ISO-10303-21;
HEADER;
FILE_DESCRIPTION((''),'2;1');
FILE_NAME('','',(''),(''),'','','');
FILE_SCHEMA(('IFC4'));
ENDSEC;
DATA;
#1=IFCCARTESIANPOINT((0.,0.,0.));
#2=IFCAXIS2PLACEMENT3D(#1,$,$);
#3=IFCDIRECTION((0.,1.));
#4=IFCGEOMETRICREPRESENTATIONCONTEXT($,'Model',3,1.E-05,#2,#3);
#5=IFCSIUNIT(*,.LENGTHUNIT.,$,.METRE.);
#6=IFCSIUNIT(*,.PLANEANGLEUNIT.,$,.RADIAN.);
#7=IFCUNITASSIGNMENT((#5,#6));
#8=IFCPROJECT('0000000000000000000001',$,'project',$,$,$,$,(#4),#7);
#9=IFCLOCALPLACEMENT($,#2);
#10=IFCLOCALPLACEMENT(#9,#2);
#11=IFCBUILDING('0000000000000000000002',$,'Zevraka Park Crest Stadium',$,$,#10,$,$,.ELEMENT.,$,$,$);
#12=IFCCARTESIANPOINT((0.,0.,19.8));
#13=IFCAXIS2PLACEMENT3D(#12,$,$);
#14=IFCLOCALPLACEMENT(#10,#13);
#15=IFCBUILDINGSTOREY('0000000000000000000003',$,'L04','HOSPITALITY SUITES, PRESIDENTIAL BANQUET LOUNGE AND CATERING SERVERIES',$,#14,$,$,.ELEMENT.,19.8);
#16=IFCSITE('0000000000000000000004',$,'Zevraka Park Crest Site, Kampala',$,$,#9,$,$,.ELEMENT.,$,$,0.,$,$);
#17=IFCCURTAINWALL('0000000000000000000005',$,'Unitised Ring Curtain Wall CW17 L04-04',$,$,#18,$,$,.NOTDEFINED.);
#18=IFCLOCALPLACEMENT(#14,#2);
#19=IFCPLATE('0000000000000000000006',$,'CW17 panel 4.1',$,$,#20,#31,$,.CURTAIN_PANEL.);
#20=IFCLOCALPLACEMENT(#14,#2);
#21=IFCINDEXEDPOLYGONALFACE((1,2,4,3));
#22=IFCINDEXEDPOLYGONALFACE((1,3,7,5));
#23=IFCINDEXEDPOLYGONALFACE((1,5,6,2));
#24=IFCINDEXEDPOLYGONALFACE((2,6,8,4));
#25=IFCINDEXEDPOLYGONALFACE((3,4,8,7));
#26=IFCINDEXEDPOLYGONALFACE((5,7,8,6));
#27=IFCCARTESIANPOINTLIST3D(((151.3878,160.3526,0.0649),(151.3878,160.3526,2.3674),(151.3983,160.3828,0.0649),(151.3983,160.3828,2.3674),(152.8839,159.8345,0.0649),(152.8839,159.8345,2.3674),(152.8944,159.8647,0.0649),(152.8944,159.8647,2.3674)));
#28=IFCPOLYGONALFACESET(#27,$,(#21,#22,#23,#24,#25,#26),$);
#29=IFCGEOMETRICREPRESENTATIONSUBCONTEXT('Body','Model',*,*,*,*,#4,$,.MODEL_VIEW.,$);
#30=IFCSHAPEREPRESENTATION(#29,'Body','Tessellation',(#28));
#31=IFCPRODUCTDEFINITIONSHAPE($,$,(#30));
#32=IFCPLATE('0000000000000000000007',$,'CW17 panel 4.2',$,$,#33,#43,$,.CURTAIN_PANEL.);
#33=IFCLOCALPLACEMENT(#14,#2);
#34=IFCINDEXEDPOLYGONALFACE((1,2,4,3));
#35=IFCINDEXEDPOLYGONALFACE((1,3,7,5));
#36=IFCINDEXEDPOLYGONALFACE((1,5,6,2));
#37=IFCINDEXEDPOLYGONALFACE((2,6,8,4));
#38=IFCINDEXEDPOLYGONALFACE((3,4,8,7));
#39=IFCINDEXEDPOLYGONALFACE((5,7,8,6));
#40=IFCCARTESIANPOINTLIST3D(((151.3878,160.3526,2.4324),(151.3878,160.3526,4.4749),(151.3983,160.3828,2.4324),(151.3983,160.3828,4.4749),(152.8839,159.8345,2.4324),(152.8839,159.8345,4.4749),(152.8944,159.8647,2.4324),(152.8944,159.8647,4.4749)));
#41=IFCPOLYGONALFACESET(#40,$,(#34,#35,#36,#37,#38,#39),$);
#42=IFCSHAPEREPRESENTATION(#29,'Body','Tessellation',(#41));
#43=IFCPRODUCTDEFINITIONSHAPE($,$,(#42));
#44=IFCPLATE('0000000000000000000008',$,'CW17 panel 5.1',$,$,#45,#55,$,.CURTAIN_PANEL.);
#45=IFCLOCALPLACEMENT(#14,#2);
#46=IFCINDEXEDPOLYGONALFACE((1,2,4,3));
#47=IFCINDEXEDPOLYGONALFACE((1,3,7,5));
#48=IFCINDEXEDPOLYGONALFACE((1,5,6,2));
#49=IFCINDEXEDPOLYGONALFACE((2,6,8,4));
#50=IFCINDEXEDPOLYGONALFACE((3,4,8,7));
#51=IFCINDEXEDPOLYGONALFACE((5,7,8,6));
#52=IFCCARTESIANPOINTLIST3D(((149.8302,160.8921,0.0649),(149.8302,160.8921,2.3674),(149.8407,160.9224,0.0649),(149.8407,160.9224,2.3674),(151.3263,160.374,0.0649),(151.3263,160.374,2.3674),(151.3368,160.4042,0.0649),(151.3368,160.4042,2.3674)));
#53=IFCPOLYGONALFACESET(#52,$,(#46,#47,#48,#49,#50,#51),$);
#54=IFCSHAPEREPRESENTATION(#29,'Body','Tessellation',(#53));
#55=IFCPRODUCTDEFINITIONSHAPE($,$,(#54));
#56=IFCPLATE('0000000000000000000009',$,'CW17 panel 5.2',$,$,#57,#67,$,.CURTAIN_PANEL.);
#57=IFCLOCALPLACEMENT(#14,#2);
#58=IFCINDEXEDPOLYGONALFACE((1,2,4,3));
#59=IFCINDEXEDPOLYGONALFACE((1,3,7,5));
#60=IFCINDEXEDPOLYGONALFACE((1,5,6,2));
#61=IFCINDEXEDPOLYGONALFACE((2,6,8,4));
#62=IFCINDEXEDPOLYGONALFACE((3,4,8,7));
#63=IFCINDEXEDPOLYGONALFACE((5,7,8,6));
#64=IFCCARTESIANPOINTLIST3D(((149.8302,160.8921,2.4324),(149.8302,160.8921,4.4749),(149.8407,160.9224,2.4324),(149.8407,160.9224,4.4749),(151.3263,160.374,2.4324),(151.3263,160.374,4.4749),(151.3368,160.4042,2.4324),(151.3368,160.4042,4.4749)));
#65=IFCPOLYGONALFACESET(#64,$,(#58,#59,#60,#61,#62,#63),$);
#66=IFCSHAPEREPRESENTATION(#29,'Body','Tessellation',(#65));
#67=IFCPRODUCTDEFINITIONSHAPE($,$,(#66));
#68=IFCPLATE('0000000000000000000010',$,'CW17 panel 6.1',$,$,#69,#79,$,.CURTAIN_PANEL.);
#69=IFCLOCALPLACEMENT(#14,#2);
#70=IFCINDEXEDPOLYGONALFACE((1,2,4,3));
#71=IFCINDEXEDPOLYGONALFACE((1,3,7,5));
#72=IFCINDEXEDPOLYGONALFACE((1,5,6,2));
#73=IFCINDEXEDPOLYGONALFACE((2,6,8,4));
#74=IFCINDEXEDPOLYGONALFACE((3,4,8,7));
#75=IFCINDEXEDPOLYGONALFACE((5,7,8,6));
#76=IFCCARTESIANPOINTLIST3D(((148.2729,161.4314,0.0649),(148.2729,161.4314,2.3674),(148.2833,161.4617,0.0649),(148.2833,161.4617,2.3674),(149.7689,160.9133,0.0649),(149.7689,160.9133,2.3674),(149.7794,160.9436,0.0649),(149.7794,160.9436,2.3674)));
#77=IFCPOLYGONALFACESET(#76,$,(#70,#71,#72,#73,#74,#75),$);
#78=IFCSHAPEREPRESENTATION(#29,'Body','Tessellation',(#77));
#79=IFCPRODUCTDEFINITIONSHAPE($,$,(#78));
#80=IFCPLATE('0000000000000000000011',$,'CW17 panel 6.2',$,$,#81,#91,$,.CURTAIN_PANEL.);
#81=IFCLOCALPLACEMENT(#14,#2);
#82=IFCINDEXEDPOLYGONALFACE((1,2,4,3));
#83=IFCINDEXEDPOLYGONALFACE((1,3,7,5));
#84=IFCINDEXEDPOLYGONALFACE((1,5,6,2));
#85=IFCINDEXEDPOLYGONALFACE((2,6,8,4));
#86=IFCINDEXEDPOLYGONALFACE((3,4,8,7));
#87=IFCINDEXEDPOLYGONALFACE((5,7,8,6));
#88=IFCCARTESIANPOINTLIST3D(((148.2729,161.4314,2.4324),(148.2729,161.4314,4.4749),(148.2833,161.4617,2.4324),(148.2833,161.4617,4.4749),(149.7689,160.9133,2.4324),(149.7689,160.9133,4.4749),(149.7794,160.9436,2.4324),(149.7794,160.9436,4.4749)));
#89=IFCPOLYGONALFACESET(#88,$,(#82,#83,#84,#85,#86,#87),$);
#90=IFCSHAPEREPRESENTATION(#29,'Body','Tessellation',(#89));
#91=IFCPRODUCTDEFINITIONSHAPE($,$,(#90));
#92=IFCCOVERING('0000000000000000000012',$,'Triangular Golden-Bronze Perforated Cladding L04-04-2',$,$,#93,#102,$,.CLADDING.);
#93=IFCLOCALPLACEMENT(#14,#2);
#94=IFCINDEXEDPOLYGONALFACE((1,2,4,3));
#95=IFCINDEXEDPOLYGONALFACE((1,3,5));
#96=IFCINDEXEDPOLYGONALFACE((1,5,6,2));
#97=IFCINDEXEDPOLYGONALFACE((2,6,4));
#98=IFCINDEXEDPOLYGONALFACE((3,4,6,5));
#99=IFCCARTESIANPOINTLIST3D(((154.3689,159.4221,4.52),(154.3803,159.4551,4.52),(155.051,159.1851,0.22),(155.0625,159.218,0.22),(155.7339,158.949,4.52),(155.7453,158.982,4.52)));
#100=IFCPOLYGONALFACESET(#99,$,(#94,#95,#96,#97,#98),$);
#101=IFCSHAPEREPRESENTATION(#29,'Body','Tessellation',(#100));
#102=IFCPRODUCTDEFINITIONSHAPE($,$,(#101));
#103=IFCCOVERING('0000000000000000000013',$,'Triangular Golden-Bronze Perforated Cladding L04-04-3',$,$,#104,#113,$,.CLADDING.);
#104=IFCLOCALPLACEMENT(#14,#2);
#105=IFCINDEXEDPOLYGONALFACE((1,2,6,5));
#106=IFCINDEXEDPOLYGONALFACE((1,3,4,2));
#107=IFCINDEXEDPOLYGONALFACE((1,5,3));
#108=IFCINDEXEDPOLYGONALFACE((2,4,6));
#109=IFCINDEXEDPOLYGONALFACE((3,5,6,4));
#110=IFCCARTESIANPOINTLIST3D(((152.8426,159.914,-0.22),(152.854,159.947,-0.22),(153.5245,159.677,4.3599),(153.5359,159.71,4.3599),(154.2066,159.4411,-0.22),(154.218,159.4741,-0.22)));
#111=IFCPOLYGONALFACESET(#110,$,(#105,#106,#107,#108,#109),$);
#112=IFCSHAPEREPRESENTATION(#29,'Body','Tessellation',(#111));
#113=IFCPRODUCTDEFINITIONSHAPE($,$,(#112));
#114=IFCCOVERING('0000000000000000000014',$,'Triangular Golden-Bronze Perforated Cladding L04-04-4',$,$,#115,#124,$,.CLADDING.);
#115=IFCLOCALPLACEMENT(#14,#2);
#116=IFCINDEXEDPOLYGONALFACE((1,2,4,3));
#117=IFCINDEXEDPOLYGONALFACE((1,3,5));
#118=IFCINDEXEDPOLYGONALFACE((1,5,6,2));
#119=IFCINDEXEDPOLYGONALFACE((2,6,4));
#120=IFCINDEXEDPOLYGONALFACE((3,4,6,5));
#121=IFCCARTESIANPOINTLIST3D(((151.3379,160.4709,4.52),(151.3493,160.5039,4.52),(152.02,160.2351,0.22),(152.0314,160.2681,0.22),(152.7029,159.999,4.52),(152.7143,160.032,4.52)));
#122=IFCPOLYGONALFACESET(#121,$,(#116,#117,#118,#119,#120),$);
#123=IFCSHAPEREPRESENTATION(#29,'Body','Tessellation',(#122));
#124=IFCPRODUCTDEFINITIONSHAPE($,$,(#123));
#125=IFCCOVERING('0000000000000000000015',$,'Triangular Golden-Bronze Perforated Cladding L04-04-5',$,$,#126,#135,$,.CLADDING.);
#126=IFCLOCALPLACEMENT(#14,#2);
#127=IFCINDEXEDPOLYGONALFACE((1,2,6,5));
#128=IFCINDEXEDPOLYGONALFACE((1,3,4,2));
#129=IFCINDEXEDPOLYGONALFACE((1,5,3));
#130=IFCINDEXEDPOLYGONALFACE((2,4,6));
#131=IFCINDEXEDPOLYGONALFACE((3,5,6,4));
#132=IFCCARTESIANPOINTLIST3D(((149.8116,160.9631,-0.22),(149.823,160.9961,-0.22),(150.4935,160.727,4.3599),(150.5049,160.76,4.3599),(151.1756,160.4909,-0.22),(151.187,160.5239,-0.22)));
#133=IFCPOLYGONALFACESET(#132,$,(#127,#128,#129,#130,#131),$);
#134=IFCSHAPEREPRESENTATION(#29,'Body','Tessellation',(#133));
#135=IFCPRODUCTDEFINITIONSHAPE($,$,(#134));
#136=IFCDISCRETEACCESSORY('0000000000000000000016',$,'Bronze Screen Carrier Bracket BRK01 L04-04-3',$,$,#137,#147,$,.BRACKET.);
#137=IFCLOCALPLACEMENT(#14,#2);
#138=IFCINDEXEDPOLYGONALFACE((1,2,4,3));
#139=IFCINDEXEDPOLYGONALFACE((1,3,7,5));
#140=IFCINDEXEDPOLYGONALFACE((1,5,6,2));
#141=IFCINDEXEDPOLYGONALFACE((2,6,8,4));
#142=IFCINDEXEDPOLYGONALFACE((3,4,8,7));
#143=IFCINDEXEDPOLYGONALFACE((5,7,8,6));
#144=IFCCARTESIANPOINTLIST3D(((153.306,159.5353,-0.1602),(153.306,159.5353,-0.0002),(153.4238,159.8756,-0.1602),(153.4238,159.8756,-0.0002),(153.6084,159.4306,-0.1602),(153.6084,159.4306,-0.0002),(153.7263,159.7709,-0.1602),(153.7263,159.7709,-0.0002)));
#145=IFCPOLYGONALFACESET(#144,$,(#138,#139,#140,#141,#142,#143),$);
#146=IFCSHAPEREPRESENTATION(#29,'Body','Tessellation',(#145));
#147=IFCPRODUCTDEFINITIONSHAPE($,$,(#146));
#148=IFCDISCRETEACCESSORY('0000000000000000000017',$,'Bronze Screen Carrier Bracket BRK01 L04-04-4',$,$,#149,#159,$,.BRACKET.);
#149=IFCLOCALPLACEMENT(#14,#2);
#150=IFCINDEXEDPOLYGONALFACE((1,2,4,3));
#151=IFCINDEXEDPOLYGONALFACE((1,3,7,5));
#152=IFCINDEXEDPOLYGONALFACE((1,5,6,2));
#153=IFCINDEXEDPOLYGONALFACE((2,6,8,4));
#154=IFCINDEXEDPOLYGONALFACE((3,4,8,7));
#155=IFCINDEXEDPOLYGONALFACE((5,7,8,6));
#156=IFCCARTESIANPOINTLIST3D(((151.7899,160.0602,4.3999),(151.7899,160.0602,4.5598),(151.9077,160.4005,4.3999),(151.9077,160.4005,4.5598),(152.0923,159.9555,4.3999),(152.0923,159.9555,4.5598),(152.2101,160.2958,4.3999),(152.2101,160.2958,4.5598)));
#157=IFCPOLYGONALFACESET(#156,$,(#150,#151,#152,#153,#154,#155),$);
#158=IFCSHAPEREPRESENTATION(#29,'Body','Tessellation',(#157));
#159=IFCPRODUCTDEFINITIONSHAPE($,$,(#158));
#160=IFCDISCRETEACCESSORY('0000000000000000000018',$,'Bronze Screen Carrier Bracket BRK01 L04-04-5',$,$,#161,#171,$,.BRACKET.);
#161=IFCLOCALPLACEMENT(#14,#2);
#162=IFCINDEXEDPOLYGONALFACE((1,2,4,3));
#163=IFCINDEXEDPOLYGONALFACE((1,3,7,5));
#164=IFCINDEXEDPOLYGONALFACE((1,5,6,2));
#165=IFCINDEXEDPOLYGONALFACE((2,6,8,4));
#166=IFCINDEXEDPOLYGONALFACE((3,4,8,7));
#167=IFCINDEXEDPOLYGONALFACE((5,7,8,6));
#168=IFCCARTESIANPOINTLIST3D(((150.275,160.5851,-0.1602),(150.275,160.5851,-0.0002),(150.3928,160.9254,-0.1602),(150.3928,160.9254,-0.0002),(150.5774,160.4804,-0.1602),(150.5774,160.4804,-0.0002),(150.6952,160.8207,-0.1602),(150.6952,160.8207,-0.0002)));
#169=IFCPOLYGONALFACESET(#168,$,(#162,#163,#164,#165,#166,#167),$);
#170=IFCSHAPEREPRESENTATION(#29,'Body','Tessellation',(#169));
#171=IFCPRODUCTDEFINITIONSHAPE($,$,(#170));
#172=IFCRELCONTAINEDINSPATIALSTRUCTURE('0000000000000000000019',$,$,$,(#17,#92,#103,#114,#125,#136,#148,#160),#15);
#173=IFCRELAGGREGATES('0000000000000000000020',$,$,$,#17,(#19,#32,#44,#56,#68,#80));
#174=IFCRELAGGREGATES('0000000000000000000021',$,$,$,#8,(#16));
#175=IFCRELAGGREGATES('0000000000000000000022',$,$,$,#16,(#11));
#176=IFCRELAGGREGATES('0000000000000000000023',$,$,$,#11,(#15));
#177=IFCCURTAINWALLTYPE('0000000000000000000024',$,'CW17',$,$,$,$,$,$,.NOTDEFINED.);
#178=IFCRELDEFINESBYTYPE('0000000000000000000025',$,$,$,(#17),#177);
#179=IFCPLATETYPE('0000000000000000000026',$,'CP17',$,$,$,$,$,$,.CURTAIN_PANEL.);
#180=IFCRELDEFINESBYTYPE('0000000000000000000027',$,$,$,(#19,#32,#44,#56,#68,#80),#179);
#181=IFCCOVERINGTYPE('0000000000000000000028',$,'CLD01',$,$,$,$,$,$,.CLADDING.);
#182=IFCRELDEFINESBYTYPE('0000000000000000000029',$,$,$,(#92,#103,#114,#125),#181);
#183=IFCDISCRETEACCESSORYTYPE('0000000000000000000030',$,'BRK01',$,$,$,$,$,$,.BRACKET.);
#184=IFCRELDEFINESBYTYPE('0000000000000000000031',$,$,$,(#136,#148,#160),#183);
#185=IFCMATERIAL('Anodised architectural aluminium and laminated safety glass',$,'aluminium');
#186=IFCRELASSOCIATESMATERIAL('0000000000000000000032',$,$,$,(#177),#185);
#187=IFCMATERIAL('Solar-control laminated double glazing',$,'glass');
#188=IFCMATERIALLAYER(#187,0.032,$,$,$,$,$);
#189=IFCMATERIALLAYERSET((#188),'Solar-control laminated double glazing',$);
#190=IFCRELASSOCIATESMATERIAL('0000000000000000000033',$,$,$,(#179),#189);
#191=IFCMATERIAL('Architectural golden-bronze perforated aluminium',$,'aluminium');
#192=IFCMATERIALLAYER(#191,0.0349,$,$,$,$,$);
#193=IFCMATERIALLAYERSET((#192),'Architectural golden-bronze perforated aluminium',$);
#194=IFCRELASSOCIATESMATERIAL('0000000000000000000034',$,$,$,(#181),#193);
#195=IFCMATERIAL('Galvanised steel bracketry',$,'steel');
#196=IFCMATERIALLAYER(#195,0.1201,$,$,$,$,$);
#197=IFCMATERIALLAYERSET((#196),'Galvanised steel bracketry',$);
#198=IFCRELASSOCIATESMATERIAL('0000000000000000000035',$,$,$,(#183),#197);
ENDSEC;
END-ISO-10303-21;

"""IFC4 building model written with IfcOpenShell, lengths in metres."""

from ifc_helpers import new_model, si_unit, direction, frame, origin, origin_2d, place, context, subcontext, project, spatial, polyline, rectangle, outline, extrude, material, layer, layer_set, type_object, element, aggregate, save


model = new_model("IFC4")

# Units and contexts
model_context = context("Model", 3, precision=1e-05, world=origin(), true_north=direction((0.0, 1.0)))
body_context = subcontext(model_context, "Body", "Model", "MODEL_VIEW")
ifc_project = project(units=[si_unit("LENGTHUNIT", "METRE"), si_unit("PLANEANGLEUNIT", "RADIAN")], contexts=[model_context])

# Site, building, storey
site_placement = place(None, origin())
site = spatial("IfcSite", under=ifc_project, at=site_placement, Name="Zevraka Park Crest Site, Kampala", CompositionType="ELEMENT", RefElevation=0.0)
building_placement = place(site_placement, origin())
building = spatial("IfcBuilding", under=site, at=building_placement, Name="Zevraka Park Crest Stadium", CompositionType="ELEMENT")
storey_placement = place(building_placement, frame((0.0, 0.0, 19.8)))
storey = spatial("IfcBuildingStorey", under=building, at=storey_placement, Name="L04", Description="HOSPITALITY SUITES, PRESIDENTIAL BANQUET LOUNGE AND CATERING SERVERIES", CompositionType="ELEMENT", Elevation=19.8)

# Curtain wall, plates
ifc_material_1 = material(Name="Anodised architectural aluminium and laminated safety glass", Category="aluminium")
curtain_wall_type = type_object("IfcCurtainWallType", Name="CW17", PredefinedType="NOTDEFINED", material=ifc_material_1)
curtain_wall_placement = place(storey_placement, origin())
curtain_wall = element("IfcCurtainWall", 1, at=curtain_wall_placement, inside=storey, type_object=curtain_wall_type, Name="Unitised Ring Curtain Wall CW17 L04-04", PredefinedType="NOTDEFINED")
ifc_material_2 = material(Name="Solar-control laminated double glazing", Category="glass")
ifc_layer_1 = layer(ifc_material_2, 0.032)
ifc_layer_set_1 = layer_set([ifc_layer_1], Name="Solar-control laminated double glazing")
plate_type = type_object("IfcPlateType", Name="CP17", PredefinedType="CURTAIN_PANEL", material=ifc_layer_set_1)
plate_1_placement = place(storey_placement, frame((152.1411, 160.1086, 0.0649), z_axis=(0.0, 0.0, 1.0), x_axis=(-0.94494, 0.327245, 0.0)))
plate_1 = element("IfcPlate", 2, at=plate_1_placement, type_object=plate_type, Name="CW17 panel 4.1", PredefinedType="CURTAIN_PANEL", context=body_context, shape_type="SweptSolid", body=[
    extrude(rectangle(XDim=1.5833, YDim=0.032, at=origin_2d()), origin(), (0.0, 0.0, 1.0), 2.3025),
])
plate_2_placement = place(storey_placement, frame((152.1411, 160.1086, 2.4324), z_axis=(0.0, 0.0, 1.0), x_axis=(-0.94494, 0.327245, 0.0)))
plate_2 = element("IfcPlate", 3, at=plate_2_placement, type_object=plate_type, Name="CW17 panel 4.2", PredefinedType="CURTAIN_PANEL", context=body_context, shape_type="SweptSolid", body=[
    extrude(rectangle(XDim=1.5833, YDim=0.032, at=origin_2d()), origin(), (0.0, 0.0, 1.0), 2.0425),
])
plate_3_placement = place(storey_placement, frame((150.5835, 160.6482, 0.0649), z_axis=(0.0, 0.0, 1.0), x_axis=(-0.94494, 0.327245, 0.0)))
plate_3 = element("IfcPlate", 4, at=plate_3_placement, type_object=plate_type, Name="CW17 panel 5.1", PredefinedType="CURTAIN_PANEL", context=body_context, shape_type="SweptSolid", body=[
    extrude(rectangle(XDim=1.5833, YDim=0.032, at=origin_2d()), origin(), (0.0, 0.0, 1.0), 2.3025),
])
plate_4_placement = place(storey_placement, frame((150.5835, 160.6482, 2.4324), z_axis=(0.0, 0.0, 1.0), x_axis=(-0.94494, 0.327245, 0.0)))
plate_4 = element("IfcPlate", 5, at=plate_4_placement, type_object=plate_type, Name="CW17 panel 5.2", PredefinedType="CURTAIN_PANEL", context=body_context, shape_type="SweptSolid", body=[
    extrude(rectangle(XDim=1.5833, YDim=0.032, at=origin_2d()), origin(), (0.0, 0.0, 1.0), 2.0425),
])
plate_5_placement = place(storey_placement, frame((149.0261, 161.1875, 0.0649), z_axis=(0.0, 0.0, 1.0), x_axis=(-0.94494, 0.327245, 0.0)))
plate_5 = element("IfcPlate", 6, at=plate_5_placement, type_object=plate_type, Name="CW17 panel 6.1", PredefinedType="CURTAIN_PANEL", context=body_context, shape_type="SweptSolid", body=[
    extrude(rectangle(XDim=1.5833, YDim=0.032, at=origin_2d()), origin(), (0.0, 0.0, 1.0), 2.3025),
])
plate_6_placement = place(storey_placement, frame((149.0261, 161.1875, 2.4324), z_axis=(0.0, 0.0, 1.0), x_axis=(-0.94494, 0.327245, 0.0)))
plate_6 = element("IfcPlate", 7, at=plate_6_placement, type_object=plate_type, Name="CW17 panel 6.2", PredefinedType="CURTAIN_PANEL", context=body_context, shape_type="SweptSolid", body=[
    extrude(rectangle(XDim=1.5833, YDim=0.032, at=origin_2d()), origin(), (0.0, 0.0, 1.0), 2.0425),
])
aggregate(curtain_wall, [plate_1, plate_2, plate_3, plate_4, plate_5, plate_6])

# Coverings
ifc_material_3 = material(Name="Architectural golden-bronze perforated aluminium", Category="aluminium")
ifc_layer_2 = layer(ifc_material_3, 0.0349)
ifc_layer_set_2 = layer_set([ifc_layer_2], Name="Architectural golden-bronze perforated aluminium")
covering_type = type_object("IfcCoveringType", Name="CLD01", PredefinedType="CLADDING", material=ifc_layer_set_2)
covering_1_placement = place(storey_placement, frame((154.3689, 159.4221, 4.52), z_axis=(-0.327511, -0.944847, 0.000135), x_axis=(0.944847, -0.327511, 0.0)))
element("IfcCovering", 8, at=covering_1_placement, inside=storey, type_object=covering_type, Name="Triangular Golden-Bronze Perforated Cladding L04-04-2", PredefinedType="CLADDING", context=body_context, shape_type="SweptSolid", body=[
    extrude(outline(polyline([(0.0, 0.0), (1.4447, 0.0), (0.7221, -4.3), (0.0, 0.0)])), origin(), (0.0, 0.0, -1.0), 0.0349),
])
covering_2_placement = place(storey_placement, frame((154.218, 159.4741, -0.22), z_axis=(0.327569, 0.944827, 0.000135), x_axis=(-0.944827, 0.327569, 0.0)))
element("IfcCovering", 9, at=covering_2_placement, inside=storey, type_object=covering_type, Name="Triangular Golden-Bronze Perforated Cladding L04-04-3", PredefinedType="CLADDING", context=body_context, shape_type="SweptSolid", body=[
    extrude(outline(polyline([(0.0, 0.0), (1.4437, 0.0), (0.7217, 4.5798), (0.0, 0.0)])), origin(), (0.0, 0.0, -1.0), 0.0349),
])
covering_3_placement = place(storey_placement, frame((151.3379, 160.4709, 4.52), z_axis=(-0.326756, -0.945109, 0.000001), x_axis=(0.945109, -0.326756, 0.0)))
element("IfcCovering", 10, at=covering_3_placement, inside=storey, type_object=covering_type, Name="Triangular Golden-Bronze Perforated Cladding L04-04-4", PredefinedType="CLADDING", context=body_context, shape_type="SweptSolid", body=[
    extrude(outline(polyline([(0.0, 0.0), (1.4443, 0.0), (0.7217, -4.3), (0.0, 0.0)])), origin(), (0.0, 0.0, -1.0), 0.0349),
])
covering_4_placement = place(storey_placement, frame((151.187, 160.5239, -0.22), z_axis=(0.327116, 0.944984, 0.000009), x_axis=(-0.944984, 0.327116, 0.0)))
element("IfcCovering", 11, at=covering_4_placement, inside=storey, type_object=covering_type, Name="Triangular Golden-Bronze Perforated Cladding L04-04-5", PredefinedType="CLADDING", context=body_context, shape_type="SweptSolid", body=[
    extrude(outline(polyline([(0.0, 0.0), (1.4434, 0.0), (0.7218, 4.5798), (0.0, 0.0)])), origin(), (0.0, 0.0, -1.0), 0.0349),
])

# Discrete accessories
ifc_material_4 = material(Name="Galvanised steel bracketry", Category="steel")
ifc_layer_3 = layer(ifc_material_4, 0.1201)
ifc_layer_set_3 = layer_set([ifc_layer_3], Name="Galvanised steel bracketry")
discrete_accessory_type = type_object("IfcDiscreteAccessoryType", Name="BRK01", PredefinedType="BRACKET", material=ifc_layer_set_3)
for number, where, z_axis, x_axis, name in (
    (12, (153.5161, 159.6531, -0.1602), (0.0, 0.0, 1.0), (-0.944949, 0.327218, 0.0), "Bronze Screen Carrier Bracket BRK01 L04-04-3"),
    (13, (152.0, 160.178, 4.3999), (0.0, 0.0, 1.0), (-0.944949, 0.327218, 0.0), "Bronze Screen Carrier Bracket BRK01 L04-04-4"),
    (14, (150.4851, 160.7029, -0.1602), (0.0, 0.0, 1.0), (-0.944949, 0.327218, 0.0), "Bronze Screen Carrier Bracket BRK01 L04-04-5"),
):
    element("IfcDiscreteAccessory", number, at=place(storey_placement, frame(where, z_axis=z_axis, x_axis=x_axis)), inside=storey, type_object=discrete_accessory_type, Name=name, PredefinedType="BRACKET", context=body_context, shape_type="SweptSolid", body=[
        extrude(rectangle(XDim=0.3201, YDim=0.3601, at=origin_2d()), origin(), (0.0, 0.0, 1.0), 0.1599),
    ])

save(model, "model.ifc")
